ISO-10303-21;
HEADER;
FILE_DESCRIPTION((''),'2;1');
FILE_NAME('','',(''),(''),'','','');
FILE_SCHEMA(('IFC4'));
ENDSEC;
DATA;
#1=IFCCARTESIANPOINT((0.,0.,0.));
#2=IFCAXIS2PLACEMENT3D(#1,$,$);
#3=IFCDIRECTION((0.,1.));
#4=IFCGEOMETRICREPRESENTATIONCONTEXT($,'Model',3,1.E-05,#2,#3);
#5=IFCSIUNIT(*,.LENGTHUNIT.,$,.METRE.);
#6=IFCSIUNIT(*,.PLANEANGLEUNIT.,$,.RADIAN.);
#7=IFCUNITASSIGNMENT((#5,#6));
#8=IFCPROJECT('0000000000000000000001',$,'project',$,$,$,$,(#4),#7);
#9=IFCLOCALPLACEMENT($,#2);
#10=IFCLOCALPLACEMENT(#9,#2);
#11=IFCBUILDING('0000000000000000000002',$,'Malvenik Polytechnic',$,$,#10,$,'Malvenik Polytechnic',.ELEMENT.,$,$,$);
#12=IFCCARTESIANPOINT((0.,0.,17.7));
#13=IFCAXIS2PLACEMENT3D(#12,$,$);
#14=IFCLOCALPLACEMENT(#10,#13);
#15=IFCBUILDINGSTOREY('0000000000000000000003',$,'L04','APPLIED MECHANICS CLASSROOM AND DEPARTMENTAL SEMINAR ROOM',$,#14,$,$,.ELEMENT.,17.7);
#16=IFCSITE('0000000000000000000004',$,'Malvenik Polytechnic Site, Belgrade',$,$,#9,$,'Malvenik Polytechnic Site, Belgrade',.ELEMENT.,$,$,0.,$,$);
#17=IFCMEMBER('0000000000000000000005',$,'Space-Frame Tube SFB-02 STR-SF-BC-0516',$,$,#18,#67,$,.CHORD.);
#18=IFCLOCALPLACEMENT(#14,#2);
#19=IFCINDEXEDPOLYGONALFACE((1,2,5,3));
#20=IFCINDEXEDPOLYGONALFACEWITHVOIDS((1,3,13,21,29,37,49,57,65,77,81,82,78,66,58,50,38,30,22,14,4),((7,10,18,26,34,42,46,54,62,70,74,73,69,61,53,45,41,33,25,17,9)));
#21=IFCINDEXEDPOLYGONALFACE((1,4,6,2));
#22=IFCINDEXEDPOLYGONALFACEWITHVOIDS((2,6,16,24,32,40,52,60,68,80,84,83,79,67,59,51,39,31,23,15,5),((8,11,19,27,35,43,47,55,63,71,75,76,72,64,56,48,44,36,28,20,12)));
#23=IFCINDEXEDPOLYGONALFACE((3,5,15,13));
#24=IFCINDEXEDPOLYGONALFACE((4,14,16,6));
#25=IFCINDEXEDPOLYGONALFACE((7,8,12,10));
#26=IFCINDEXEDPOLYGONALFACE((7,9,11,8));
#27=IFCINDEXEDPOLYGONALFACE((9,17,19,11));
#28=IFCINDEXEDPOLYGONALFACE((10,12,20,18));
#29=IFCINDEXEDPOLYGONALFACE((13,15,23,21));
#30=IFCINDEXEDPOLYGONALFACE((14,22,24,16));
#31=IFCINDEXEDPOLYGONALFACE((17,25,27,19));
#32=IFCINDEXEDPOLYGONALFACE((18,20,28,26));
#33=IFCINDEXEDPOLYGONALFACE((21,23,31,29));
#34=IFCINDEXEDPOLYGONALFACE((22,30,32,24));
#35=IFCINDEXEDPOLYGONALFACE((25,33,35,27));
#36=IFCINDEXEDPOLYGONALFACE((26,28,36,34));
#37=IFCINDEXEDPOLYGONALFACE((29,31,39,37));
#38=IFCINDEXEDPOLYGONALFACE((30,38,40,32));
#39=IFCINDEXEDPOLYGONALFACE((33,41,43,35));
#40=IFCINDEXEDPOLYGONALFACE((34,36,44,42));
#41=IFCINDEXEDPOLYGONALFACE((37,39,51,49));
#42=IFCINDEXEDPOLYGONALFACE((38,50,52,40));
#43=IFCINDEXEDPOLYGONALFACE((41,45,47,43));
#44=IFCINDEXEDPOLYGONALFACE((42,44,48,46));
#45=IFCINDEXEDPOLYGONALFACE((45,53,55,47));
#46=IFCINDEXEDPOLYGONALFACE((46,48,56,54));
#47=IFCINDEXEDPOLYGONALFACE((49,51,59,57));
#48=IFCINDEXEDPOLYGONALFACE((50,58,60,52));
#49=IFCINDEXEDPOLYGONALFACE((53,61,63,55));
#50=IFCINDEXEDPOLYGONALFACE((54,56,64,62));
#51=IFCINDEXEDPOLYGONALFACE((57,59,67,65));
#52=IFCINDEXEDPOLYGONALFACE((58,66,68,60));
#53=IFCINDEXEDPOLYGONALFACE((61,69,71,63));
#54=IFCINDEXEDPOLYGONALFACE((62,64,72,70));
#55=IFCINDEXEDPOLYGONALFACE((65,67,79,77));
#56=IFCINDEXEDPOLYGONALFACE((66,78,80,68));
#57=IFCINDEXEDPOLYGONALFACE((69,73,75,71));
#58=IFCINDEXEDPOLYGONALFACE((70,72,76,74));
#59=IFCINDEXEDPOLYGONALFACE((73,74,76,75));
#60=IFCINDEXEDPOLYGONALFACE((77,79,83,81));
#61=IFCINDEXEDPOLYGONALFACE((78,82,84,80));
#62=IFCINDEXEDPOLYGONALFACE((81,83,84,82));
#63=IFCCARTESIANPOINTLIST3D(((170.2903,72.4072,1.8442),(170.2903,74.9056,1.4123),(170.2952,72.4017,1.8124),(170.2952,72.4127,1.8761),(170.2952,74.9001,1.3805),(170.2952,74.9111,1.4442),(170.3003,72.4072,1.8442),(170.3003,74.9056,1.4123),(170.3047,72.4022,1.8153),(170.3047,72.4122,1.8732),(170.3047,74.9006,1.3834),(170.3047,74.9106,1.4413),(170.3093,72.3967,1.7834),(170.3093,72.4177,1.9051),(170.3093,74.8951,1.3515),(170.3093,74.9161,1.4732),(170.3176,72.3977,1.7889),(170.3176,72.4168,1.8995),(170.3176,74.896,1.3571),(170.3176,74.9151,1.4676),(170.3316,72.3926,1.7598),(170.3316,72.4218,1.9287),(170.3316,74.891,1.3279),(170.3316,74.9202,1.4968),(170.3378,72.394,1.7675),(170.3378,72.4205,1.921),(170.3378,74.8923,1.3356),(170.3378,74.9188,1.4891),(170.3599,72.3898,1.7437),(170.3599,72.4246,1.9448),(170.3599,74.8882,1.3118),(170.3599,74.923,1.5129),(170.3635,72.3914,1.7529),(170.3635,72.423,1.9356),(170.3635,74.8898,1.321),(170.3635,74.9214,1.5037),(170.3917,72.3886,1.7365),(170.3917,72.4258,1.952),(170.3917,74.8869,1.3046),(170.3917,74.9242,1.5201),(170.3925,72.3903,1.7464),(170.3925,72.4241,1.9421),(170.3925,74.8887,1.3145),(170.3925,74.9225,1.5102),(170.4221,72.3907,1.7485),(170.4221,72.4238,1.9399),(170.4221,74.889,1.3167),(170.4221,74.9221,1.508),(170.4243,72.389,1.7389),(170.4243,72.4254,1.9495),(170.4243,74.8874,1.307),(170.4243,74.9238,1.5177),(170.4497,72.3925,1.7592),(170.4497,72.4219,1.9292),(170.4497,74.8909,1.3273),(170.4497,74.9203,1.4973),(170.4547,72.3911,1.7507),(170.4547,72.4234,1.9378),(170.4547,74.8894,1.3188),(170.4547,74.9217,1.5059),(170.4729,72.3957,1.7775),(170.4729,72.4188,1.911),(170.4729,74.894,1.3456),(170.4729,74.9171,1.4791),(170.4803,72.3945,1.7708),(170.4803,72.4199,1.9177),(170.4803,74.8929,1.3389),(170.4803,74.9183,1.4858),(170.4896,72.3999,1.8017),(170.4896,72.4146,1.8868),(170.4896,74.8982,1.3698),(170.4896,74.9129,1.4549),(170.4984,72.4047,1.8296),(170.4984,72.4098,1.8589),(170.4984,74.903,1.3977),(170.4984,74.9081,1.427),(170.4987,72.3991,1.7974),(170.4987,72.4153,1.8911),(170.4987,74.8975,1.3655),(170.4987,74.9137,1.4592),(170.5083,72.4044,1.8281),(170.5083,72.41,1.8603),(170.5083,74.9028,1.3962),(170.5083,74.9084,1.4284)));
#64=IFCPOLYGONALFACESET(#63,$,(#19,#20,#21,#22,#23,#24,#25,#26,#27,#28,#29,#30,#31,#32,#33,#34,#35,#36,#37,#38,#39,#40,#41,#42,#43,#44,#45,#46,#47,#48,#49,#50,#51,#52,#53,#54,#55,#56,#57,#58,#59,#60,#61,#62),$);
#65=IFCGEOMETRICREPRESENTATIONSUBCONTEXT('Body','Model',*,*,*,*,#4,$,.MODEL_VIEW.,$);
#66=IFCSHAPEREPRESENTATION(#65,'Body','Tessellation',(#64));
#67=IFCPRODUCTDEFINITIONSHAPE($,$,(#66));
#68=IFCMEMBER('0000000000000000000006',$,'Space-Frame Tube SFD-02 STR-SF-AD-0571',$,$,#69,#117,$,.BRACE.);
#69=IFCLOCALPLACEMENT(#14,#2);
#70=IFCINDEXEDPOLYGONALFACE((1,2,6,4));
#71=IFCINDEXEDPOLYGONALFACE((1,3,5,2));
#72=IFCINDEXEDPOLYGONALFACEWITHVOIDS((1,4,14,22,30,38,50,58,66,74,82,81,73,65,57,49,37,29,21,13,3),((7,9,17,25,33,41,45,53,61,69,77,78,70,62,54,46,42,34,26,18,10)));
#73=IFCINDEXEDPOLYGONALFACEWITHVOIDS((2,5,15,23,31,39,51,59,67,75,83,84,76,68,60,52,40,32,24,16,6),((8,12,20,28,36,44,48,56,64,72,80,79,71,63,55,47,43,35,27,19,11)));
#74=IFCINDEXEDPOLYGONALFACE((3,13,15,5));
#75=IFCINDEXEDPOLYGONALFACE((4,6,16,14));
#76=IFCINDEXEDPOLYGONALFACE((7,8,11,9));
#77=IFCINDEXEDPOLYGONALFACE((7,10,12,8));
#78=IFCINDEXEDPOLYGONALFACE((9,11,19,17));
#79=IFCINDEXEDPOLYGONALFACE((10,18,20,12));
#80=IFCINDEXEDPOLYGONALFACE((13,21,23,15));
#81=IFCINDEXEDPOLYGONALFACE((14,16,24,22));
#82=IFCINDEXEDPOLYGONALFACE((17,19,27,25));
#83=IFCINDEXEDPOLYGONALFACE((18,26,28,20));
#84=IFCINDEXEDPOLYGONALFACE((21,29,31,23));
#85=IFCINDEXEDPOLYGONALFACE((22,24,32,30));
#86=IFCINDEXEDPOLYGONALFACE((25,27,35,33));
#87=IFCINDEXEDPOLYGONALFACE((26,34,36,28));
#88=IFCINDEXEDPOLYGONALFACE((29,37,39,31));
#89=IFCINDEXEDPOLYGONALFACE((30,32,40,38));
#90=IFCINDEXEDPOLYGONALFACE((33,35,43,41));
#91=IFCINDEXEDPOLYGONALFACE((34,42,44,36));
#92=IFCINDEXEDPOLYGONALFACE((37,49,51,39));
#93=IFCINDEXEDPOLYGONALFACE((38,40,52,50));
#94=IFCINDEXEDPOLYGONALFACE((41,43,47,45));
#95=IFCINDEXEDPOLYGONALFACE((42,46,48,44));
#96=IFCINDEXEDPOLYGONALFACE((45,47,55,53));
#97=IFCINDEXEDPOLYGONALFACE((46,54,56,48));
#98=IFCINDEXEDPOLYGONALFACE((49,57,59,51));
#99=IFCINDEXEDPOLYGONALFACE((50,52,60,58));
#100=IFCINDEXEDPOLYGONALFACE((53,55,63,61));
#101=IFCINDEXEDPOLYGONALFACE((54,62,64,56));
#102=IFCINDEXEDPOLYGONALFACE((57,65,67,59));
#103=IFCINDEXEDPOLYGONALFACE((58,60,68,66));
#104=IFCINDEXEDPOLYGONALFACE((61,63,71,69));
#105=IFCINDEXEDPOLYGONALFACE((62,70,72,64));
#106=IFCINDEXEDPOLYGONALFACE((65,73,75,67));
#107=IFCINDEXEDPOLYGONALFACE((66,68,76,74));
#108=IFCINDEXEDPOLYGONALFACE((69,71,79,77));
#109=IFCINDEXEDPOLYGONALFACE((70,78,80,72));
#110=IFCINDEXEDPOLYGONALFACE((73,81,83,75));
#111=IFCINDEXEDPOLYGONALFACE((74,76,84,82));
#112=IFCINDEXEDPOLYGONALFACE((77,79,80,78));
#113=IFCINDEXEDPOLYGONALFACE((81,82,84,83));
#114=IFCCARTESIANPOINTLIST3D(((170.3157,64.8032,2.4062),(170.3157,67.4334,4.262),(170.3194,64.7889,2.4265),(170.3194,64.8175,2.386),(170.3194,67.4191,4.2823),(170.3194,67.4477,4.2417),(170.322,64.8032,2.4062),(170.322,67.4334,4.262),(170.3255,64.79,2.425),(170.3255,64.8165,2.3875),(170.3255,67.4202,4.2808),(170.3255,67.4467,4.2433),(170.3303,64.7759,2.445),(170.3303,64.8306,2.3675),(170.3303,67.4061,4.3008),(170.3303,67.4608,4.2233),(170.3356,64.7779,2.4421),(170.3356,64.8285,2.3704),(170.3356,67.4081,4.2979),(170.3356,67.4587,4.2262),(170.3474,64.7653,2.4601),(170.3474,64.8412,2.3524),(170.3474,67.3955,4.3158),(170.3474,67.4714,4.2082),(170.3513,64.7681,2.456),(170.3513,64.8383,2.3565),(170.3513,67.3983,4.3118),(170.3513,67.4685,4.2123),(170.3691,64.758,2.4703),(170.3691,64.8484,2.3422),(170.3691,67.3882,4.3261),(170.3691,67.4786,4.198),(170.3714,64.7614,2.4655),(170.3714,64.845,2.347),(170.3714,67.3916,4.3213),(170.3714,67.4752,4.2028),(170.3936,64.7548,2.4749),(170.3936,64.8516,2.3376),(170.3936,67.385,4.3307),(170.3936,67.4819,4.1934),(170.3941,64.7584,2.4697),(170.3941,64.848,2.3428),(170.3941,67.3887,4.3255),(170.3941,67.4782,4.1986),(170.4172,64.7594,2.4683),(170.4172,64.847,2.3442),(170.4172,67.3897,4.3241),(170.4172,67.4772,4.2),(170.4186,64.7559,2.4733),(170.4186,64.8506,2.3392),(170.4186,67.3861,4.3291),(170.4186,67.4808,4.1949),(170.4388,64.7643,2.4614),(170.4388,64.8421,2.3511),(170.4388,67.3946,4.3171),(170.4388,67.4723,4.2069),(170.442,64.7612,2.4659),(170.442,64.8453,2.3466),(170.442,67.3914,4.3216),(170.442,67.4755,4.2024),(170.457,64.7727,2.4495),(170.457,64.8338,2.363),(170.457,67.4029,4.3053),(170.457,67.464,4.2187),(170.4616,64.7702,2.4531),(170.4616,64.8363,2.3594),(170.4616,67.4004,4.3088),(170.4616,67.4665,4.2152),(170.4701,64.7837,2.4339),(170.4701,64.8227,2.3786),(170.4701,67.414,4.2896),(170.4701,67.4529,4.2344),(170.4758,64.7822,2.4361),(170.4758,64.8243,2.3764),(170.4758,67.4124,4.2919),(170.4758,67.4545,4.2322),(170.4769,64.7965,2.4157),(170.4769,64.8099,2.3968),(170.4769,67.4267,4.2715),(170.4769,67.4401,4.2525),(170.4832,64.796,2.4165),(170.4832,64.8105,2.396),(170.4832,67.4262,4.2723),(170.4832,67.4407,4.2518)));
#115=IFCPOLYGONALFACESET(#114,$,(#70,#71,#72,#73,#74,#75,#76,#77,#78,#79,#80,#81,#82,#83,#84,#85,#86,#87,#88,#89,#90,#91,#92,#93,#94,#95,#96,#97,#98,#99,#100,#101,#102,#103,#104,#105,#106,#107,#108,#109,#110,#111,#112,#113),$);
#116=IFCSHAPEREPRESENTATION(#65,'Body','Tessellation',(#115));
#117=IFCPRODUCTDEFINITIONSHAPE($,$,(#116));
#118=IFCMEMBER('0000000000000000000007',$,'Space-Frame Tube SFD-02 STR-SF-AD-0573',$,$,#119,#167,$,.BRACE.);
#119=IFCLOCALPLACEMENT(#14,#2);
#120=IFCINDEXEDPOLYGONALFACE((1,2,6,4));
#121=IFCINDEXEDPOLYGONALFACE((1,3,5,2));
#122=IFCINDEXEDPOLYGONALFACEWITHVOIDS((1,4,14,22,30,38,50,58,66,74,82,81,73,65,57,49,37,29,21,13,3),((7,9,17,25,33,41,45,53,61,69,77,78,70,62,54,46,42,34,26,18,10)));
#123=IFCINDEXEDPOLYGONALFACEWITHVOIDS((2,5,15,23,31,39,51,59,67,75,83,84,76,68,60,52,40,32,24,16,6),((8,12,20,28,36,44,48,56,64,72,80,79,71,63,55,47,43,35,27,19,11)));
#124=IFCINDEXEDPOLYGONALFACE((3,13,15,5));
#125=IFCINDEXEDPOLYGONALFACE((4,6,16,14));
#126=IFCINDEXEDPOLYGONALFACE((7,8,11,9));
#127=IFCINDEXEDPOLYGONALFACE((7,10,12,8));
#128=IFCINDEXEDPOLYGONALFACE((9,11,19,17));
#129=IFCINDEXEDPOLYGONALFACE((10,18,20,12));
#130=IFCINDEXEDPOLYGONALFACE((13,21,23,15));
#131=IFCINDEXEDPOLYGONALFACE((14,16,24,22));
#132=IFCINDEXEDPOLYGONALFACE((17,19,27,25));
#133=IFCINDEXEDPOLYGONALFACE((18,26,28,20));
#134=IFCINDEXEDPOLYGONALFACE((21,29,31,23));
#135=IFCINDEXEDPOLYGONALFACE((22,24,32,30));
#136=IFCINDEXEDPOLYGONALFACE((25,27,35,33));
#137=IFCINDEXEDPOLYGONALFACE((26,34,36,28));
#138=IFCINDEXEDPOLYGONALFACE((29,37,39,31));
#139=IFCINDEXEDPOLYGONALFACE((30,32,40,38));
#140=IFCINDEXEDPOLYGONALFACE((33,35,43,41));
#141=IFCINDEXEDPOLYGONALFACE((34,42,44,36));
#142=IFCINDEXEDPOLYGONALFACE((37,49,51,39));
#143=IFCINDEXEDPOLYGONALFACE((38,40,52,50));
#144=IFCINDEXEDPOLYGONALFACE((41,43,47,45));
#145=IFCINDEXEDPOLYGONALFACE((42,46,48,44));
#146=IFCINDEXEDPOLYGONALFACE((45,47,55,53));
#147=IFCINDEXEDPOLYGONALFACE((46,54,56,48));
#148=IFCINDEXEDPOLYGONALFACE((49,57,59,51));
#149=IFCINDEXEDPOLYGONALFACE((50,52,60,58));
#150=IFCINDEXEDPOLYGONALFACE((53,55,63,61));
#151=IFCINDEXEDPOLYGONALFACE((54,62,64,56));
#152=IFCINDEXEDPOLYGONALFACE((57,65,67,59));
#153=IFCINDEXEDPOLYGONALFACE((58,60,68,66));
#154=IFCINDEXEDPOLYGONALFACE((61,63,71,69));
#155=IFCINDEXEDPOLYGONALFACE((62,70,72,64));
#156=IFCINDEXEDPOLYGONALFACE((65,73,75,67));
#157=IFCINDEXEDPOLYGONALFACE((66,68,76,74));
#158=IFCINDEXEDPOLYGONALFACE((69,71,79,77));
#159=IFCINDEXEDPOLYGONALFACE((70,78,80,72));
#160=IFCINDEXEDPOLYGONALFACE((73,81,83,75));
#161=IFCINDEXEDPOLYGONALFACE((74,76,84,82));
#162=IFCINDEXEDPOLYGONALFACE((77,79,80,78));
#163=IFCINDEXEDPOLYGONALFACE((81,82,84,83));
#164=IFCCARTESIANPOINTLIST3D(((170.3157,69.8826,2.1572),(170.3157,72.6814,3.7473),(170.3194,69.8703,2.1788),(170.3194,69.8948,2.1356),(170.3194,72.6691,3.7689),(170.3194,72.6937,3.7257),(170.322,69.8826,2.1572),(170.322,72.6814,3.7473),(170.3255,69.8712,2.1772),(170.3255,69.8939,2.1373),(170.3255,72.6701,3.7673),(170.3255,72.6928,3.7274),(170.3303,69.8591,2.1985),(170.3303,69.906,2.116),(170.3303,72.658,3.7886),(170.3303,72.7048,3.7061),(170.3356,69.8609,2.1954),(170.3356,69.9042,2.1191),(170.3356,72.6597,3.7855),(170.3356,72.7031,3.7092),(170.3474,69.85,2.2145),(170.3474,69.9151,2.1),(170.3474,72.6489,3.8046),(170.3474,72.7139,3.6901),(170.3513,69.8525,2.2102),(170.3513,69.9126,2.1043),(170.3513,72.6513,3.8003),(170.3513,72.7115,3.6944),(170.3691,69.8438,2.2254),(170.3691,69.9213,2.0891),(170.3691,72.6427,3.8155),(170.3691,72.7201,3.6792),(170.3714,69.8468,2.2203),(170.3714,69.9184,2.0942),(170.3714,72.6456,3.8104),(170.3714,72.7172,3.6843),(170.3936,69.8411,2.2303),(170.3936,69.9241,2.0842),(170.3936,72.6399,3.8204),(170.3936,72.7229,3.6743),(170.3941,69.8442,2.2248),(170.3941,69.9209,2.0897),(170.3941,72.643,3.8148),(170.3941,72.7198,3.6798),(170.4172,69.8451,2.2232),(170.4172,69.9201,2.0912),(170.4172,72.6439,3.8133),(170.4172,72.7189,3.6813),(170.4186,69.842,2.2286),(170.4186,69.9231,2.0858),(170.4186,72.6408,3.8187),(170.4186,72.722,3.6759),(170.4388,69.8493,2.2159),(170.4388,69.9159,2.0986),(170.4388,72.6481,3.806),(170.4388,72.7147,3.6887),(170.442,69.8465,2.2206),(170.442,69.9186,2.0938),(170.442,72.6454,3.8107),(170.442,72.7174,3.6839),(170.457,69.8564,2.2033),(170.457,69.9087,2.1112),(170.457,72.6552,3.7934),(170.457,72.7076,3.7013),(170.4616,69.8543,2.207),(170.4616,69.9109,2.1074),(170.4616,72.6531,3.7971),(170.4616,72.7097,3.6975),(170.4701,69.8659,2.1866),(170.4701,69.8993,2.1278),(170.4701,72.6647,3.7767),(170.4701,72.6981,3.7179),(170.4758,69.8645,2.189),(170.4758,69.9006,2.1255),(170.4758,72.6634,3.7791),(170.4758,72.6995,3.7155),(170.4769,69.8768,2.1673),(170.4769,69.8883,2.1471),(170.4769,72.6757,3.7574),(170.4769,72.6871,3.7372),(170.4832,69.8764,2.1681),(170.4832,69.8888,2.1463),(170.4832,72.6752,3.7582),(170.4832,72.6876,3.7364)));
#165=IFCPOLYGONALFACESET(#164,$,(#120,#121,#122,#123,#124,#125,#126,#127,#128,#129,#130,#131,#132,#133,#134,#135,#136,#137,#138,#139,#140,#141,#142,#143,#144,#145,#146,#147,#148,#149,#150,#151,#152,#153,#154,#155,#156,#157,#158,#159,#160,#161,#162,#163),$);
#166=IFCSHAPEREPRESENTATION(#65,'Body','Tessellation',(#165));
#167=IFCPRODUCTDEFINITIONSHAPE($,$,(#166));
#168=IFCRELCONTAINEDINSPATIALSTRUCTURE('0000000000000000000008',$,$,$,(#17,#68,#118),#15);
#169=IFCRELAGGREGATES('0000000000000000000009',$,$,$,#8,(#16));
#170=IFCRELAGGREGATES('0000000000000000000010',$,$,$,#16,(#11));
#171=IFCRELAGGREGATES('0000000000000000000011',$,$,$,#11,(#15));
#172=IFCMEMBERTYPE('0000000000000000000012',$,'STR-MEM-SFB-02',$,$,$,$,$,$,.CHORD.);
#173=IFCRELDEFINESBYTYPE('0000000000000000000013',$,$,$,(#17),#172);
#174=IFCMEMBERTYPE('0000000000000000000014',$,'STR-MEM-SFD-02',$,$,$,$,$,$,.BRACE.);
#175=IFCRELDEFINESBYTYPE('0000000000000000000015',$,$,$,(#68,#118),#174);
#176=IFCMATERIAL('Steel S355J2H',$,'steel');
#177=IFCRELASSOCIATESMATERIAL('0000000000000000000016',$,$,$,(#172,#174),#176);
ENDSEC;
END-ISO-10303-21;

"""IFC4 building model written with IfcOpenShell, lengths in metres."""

from ifc_helpers import new_model, si_unit, direction, frame, origin, origin_2d, place, context, subcontext, project, spatial, hollow_circle, extrude, material, material_profile, profile_set, type_object, element, save


model = new_model("IFC4")

# Units and contexts
model_context = context("Model", 3, precision=1e-05, world=origin(), true_north=direction((0.0, 1.0)))
body_context = subcontext(model_context, "Body", "Model", "MODEL_VIEW")
ifc_project = project(units=[si_unit("LENGTHUNIT", "METRE"), si_unit("PLANEANGLEUNIT", "RADIAN")], contexts=[model_context])

# Site, building, storey
site_placement = place(None, origin())
site = spatial("IfcSite", under=ifc_project, at=site_placement, Name="Malvenik Polytechnic Site, Belgrade", LongName="Malvenik Polytechnic Site, Belgrade", CompositionType="ELEMENT", RefElevation=0.0)
building_placement = place(site_placement, origin())
building = spatial("IfcBuilding", under=site, at=building_placement, Name="Malvenik Polytechnic", LongName="Malvenik Polytechnic", CompositionType="ELEMENT")
storey_placement = place(building_placement, frame((0.0, 0.0, 17.7)))
storey = spatial("IfcBuildingStorey", under=building, at=storey_placement, Name="L04", Description="APPLIED MECHANICS CLASSROOM AND DEPARTMENTAL SEMINAR ROOM", CompositionType="ELEMENT", Elevation=17.7)

# Members
ifc_material_1 = material(Name="Steel S355J2H", Category="steel")
ifc_material_profile_1 = material_profile(ifc_material_1, hollow_circle(Radius=0.1096, WallThickness=0.01, at=origin_2d()), Name="CHS 219.1x10.0")
ifc_profile_set_1 = profile_set([ifc_material_profile_1], Name="Steel S355J2H")
member_type_1 = type_object("IfcMemberType", Name="STR-MEM-SFB-02", PredefinedType="CHORD", material=ifc_profile_set_1)
for number, where, z_axis, x_axis, name in (
    (1, (170.3999, 72.4072, 1.8442), (0.0, 0.985384, -0.170345), (-1.0, 0.0, 0.0), "Space-Frame Tube SFB-02 STR-SF-BC-0516"),
):
    element("IfcMember", number, at=place(storey_placement, frame(where, z_axis=z_axis, x_axis=x_axis)), inside=storey, type_object=member_type_1, Name=name, PredefinedType="CHORD", context=body_context, shape_type="SweptSolid", body=[
        extrude(hollow_circle(Radius=0.1096, WallThickness=0.01, at=origin_2d()), origin(), (0.0, 0.0, 1.0), 2.5354),
    ])
ifc_material_profile_2 = material_profile(ifc_material_1, hollow_circle(Radius=0.0842, WallThickness=0.0063, at=origin_2d()), Name="CHS 168.3x6.3")
ifc_profile_set_2 = profile_set([ifc_material_profile_2], Name="Steel S355J2H")
member_type_2 = type_object("IfcMemberType", Name="STR-MEM-SFD-02", PredefinedType="BRACE", material=ifc_profile_set_2)
for number, where, z_axis, x_axis, name in (
    (2, (170.3999, 64.8032, 2.4062), (0.0, 0.817092, 0.576507), (-1.0, 0.0, 0.0), "Space-Frame Tube SFD-02 STR-SF-AD-0571"),
    (3, (170.3999, 69.8826, 2.1572), (0.0, 0.869477, 0.493973), (-1.0, 0.0, 0.0), "Space-Frame Tube SFD-02 STR-SF-AD-0573"),
):
    element("IfcMember", number, at=place(storey_placement, frame(where, z_axis=z_axis, x_axis=x_axis)), inside=storey, type_object=member_type_2, Name=name, PredefinedType="BRACE", context=body_context, shape_type="SweptSolid", body=[
        extrude(hollow_circle(Radius=0.0842, WallThickness=0.0063, at=origin_2d()), origin(), (0.0, 0.0, 1.0), 3.219),
    ])

save(model, "model.ifc")
